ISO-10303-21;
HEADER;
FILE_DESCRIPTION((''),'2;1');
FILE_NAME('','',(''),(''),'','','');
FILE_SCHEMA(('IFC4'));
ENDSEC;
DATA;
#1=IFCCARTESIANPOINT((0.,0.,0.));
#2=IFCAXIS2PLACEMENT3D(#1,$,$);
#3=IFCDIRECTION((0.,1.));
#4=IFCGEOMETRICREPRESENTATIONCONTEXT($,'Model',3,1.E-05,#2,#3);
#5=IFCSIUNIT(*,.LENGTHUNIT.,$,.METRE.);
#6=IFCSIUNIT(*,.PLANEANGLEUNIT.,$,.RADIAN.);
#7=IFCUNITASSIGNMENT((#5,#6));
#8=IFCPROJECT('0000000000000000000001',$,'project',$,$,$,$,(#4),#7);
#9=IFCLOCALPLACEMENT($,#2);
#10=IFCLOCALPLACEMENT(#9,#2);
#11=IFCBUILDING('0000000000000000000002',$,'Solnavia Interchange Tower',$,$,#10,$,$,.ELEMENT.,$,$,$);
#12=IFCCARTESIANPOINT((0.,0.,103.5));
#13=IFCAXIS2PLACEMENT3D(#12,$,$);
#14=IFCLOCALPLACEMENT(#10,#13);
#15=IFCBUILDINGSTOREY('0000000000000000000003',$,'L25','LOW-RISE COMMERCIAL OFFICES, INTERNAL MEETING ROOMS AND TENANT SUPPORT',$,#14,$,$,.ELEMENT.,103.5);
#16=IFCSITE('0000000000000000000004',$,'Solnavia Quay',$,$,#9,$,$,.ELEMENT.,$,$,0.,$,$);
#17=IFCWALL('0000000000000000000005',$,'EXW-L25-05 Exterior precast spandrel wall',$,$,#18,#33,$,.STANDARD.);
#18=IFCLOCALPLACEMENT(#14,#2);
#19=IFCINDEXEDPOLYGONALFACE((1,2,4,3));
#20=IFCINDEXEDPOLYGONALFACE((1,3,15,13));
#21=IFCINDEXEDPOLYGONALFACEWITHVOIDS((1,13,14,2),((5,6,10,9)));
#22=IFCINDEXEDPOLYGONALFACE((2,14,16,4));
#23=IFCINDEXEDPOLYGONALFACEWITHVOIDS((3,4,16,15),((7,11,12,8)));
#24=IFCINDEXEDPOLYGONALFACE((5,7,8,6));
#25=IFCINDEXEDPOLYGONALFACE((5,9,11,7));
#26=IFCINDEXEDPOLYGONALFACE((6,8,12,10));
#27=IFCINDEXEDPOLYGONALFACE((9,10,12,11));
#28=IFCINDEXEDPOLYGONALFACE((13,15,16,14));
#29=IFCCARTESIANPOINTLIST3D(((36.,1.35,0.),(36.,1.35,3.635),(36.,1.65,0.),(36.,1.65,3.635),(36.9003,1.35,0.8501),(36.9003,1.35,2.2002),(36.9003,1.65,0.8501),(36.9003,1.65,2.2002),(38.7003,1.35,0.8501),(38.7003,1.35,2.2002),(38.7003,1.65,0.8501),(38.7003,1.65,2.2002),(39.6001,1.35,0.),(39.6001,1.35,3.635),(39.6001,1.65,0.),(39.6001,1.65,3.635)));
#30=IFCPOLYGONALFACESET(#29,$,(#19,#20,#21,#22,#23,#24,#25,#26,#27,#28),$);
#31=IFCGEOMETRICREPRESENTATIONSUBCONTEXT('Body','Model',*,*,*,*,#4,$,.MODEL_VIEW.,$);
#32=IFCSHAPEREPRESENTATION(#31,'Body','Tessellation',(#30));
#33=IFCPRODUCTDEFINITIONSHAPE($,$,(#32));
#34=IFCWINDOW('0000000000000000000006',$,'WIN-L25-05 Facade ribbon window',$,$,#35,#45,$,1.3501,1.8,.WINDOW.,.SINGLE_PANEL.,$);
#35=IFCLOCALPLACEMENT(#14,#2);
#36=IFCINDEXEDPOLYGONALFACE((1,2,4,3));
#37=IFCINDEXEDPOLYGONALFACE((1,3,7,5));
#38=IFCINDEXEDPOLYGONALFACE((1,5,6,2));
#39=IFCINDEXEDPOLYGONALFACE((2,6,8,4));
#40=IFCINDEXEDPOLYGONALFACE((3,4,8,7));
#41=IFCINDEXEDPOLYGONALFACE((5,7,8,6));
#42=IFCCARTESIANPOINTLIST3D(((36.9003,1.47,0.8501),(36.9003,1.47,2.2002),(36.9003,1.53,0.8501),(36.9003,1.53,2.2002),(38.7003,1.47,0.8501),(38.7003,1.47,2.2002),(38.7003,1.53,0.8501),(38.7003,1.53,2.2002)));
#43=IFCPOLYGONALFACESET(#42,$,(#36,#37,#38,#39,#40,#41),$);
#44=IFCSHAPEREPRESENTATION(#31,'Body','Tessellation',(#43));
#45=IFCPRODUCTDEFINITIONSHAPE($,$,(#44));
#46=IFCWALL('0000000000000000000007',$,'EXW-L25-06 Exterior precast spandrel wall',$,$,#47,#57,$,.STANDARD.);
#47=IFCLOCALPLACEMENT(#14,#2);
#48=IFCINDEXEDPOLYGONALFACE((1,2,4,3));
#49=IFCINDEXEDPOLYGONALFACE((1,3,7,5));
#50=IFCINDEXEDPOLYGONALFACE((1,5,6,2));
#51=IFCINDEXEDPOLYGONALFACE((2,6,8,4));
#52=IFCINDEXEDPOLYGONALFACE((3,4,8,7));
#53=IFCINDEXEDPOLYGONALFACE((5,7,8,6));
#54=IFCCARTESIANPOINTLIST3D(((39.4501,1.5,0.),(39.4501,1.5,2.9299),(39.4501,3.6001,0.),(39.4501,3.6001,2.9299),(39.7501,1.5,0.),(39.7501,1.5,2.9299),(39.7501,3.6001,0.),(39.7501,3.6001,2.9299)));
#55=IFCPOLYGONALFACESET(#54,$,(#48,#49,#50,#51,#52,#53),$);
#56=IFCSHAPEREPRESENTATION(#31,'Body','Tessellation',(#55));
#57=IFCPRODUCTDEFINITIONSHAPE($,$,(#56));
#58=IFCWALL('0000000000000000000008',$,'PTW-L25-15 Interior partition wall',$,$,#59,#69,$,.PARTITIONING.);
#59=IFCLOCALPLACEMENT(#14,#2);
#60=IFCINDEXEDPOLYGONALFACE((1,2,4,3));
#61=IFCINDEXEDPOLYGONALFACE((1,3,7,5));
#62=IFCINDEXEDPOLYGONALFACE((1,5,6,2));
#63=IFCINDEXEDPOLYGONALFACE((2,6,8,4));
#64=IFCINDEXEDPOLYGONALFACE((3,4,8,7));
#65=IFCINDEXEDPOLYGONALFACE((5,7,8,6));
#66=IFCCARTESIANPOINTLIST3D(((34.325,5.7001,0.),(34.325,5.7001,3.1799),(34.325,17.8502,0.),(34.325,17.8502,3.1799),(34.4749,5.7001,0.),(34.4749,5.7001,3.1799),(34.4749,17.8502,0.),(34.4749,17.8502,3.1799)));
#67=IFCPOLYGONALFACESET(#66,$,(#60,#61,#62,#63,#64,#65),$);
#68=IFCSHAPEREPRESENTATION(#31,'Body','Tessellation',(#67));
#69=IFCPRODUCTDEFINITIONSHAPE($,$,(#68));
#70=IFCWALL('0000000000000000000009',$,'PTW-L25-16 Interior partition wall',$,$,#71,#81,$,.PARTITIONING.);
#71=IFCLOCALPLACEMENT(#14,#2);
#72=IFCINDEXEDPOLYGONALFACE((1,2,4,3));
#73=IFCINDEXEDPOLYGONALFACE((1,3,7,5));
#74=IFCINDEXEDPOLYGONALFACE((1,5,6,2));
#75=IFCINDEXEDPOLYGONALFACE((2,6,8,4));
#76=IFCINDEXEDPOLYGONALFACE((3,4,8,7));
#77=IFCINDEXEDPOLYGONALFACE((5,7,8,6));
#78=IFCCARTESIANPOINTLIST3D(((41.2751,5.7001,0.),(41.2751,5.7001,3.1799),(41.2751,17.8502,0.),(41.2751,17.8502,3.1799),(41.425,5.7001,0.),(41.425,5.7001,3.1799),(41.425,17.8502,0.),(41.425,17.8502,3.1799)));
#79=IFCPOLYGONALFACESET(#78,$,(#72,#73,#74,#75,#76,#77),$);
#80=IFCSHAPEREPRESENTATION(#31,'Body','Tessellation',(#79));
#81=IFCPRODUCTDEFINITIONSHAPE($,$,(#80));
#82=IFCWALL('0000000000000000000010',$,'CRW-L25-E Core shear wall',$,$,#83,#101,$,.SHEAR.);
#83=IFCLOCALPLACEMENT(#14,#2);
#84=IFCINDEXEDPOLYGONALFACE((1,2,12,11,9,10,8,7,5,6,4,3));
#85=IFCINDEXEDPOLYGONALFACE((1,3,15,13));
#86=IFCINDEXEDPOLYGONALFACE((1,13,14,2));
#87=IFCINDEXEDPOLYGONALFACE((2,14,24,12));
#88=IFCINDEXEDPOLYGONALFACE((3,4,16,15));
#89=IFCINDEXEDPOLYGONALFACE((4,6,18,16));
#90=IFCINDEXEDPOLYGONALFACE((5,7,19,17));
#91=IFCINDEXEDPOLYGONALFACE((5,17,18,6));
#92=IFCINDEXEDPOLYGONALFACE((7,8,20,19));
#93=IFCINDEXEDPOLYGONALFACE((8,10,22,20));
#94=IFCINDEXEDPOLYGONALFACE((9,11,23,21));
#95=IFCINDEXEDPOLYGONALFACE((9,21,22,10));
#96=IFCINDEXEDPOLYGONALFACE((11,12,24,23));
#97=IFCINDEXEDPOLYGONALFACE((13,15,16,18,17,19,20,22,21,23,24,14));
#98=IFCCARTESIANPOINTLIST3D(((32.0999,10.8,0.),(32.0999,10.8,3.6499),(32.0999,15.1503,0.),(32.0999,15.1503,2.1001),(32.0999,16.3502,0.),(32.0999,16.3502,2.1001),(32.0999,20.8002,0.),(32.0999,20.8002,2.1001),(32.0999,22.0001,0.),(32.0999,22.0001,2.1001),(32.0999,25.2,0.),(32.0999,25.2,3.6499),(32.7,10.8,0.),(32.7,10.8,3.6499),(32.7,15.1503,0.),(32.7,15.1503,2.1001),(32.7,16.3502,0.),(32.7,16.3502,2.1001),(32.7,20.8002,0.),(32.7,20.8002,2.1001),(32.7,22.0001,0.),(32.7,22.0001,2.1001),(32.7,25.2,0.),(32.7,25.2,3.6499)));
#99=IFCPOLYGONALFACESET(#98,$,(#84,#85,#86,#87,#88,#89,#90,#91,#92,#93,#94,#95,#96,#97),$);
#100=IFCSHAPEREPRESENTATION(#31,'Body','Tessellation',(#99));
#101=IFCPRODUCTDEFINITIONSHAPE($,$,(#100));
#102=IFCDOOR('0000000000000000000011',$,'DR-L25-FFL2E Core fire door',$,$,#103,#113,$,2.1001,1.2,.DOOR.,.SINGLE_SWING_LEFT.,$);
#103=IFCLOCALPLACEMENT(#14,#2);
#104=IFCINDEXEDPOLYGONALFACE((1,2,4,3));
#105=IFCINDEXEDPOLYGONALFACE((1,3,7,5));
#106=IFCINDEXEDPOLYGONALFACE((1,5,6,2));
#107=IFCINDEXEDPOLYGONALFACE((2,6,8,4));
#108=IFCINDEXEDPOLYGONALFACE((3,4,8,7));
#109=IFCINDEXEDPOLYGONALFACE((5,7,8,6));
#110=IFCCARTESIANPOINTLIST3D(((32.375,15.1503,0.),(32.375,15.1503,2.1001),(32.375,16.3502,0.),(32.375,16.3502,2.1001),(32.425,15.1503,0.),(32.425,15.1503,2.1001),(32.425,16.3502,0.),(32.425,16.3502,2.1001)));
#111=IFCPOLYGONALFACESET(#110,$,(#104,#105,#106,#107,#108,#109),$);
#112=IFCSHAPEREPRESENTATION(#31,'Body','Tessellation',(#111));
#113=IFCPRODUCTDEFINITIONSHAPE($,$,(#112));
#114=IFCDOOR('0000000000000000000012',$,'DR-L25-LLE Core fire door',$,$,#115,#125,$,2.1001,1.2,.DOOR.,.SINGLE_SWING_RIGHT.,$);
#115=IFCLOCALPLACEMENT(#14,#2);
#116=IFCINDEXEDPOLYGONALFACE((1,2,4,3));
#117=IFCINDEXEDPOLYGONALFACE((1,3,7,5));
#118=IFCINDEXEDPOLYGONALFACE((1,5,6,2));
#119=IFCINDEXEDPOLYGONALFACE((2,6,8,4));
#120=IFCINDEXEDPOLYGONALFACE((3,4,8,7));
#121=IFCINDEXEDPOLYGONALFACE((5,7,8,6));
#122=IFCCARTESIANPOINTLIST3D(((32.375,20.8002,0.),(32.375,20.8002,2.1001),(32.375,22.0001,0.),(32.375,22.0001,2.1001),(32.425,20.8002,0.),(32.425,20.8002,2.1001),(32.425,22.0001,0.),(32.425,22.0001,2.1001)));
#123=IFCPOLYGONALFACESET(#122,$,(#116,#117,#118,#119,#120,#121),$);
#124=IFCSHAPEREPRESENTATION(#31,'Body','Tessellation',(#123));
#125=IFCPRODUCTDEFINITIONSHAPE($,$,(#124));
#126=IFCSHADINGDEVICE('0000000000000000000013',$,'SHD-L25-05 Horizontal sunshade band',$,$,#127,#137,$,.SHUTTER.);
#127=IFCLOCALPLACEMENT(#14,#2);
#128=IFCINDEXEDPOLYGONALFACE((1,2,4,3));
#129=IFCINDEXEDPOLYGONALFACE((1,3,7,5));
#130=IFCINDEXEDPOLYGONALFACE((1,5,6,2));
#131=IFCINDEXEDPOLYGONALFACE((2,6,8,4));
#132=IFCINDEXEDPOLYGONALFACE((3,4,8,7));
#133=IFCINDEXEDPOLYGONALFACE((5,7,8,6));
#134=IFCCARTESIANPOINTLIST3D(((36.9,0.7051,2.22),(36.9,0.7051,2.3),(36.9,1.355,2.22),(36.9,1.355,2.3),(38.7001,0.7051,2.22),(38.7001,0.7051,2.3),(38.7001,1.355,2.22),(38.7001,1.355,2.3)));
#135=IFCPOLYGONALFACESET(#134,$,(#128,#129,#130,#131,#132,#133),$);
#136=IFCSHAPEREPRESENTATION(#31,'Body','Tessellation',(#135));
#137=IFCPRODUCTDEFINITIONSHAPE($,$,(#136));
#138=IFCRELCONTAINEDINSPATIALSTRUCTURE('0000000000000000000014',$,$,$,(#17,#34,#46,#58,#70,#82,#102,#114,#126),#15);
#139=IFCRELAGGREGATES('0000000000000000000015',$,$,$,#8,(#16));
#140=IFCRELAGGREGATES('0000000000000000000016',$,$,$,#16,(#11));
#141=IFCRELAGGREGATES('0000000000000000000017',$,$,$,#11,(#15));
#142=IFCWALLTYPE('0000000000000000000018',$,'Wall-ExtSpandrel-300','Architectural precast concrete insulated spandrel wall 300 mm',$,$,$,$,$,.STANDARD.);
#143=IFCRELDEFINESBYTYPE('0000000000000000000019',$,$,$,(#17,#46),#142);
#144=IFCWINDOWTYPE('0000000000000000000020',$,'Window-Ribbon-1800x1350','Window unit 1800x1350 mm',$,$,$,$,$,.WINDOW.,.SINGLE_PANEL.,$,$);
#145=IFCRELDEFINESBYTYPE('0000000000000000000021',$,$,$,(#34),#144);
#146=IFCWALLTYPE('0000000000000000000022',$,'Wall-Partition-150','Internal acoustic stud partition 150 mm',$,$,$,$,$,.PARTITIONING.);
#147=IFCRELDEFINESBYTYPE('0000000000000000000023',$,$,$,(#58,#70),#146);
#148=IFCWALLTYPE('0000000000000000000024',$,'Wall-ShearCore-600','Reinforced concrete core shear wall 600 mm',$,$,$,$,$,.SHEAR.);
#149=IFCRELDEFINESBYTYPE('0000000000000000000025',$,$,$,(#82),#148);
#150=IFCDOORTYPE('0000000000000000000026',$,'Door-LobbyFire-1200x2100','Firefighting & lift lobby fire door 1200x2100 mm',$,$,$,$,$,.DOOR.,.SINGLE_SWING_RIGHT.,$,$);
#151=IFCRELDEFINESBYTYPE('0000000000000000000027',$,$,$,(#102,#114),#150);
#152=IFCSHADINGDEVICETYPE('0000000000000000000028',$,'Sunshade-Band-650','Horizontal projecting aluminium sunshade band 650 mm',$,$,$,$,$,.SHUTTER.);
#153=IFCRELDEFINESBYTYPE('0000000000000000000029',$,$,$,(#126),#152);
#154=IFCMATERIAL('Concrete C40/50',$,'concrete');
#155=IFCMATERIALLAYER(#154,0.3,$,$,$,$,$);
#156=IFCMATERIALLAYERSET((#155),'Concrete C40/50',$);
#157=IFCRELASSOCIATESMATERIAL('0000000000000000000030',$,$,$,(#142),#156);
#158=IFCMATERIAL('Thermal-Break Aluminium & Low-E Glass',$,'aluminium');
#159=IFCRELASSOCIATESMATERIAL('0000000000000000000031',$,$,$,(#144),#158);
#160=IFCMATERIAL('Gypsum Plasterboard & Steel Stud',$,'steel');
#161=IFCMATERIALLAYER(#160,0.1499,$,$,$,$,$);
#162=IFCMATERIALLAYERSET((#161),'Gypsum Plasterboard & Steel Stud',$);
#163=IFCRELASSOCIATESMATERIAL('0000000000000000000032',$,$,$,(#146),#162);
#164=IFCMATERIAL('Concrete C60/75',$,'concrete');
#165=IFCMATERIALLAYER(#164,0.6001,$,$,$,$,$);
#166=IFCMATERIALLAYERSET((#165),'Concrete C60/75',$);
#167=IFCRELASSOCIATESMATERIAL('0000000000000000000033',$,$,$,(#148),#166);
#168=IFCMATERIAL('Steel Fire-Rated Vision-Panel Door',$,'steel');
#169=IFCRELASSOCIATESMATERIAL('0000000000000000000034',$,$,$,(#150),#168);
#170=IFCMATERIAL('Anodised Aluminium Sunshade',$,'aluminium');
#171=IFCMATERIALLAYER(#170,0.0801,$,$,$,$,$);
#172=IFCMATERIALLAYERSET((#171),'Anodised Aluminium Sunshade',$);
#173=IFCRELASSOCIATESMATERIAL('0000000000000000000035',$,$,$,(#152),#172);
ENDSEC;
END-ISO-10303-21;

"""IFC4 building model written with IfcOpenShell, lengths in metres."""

from ifc_helpers import new_model, si_unit, direction, frame, frame_2d, origin, origin_2d, place, context, subcontext, project, spatial, rectangle, extrude, material, layer, layer_set, type_object, element, fill, save


model = new_model("IFC4")

# Units and contexts
model_context = context("Model", 3, precision=1e-05, world=origin(), true_north=direction((0.0, 1.0)))
body_context = subcontext(model_context, "Body", "Model", "MODEL_VIEW")
ifc_project = project(units=[si_unit("LENGTHUNIT", "METRE"), si_unit("PLANEANGLEUNIT", "RADIAN")], contexts=[model_context])

# Site, building, storey
site_placement = place(None, origin())
site = spatial("IfcSite", under=ifc_project, at=site_placement, Name="Solnavia Quay", CompositionType="ELEMENT", RefElevation=0.0)
building_placement = place(site_placement, origin())
building = spatial("IfcBuilding", under=site, at=building_placement, Name="Solnavia Interchange Tower", CompositionType="ELEMENT")
storey_placement = place(building_placement, frame((0.0, 0.0, 103.5)))
storey = spatial("IfcBuildingStorey", under=building, at=storey_placement, Name="L25", Description="LOW-RISE COMMERCIAL OFFICES, INTERNAL MEETING ROOMS AND TENANT SUPPORT", CompositionType="ELEMENT", Elevation=103.5)

# Wall, opening, window
ifc_material_1 = material(Name="Concrete C40/50", Category="concrete")
ifc_layer_1 = layer(ifc_material_1, 0.3)
ifc_layer_set_1 = layer_set([ifc_layer_1], Name="Concrete C40/50")
wall_type_1 = type_object("IfcWallType", Name="Wall-ExtSpandrel-300", Description="Architectural precast concrete insulated spandrel wall 300 mm", PredefinedType="STANDARD", material=ifc_layer_set_1)
ifc_material_2 = material(Name="Thermal-Break Aluminium & Low-E Glass", Category="aluminium")
window_type = type_object("IfcWindowType", Name="Window-Ribbon-1800x1350", Description="Window unit 1800x1350 mm", PartitioningType="SINGLE_PANEL", PredefinedType="WINDOW", material=ifc_material_2)
wall_1_placement = place(storey_placement, frame((39.6001, 1.5, 0.0), z_axis=(0.0, 0.0, 1.0), x_axis=(-1.0, 0.0, 0.0)))
wall_1 = element("IfcWall", 1, at=wall_1_placement, inside=storey, type_object=wall_type_1, Name="EXW-L25-05 Exterior precast spandrel wall", PredefinedType="STANDARD", context=body_context, shape_type="SweptSolid", body=[
    extrude(rectangle(XDim=3.6001, YDim=0.3, at=frame_2d((1.8, 0.0))), origin(), (0.0, 0.0, 1.0), 3.635),
])
opening_1_placement = place(wall_1_placement, frame((0.8999, 0.0, 0.8501)))
opening_1 = element("IfcOpeningElement", 2, at=opening_1_placement, cuts=wall_1, PredefinedType="OPENING", context=body_context, shape_type="SweptSolid", body=[
    extrude(rectangle(XDim=1.8, YDim=1.3501, at=frame_2d((0.8999, 0.675))), frame((0.0, 0.1602, 0.0), z_axis=(0.0, -1.0, 0.0), x_axis=(1.0, 0.0, 0.0)), (0.0, 0.0, 1.0), 0.3201),
])
window_1_placement = place(opening_1_placement, origin())
window_1 = element("IfcWindow", 3, at=window_1_placement, inside=storey, type_object=window_type, Name="WIN-L25-05 Facade ribbon window", OverallHeight=1.3501, OverallWidth=1.8, PartitioningType="SINGLE_PANEL", PredefinedType="WINDOW", context=body_context, shape_type="SweptSolid", body=[
    extrude(rectangle(XDim=1.8, YDim=1.3501, at=frame_2d((0.8999, 0.675))), frame((0.0, 0.03, 0.0), z_axis=(0.0, -1.0, 0.0), x_axis=(1.0, 0.0, 0.0)), (0.0, 0.0, 1.0), 0.0601),
])
fill(opening_1, window_1)

# Walls
wall_2_placement = place(storey_placement, frame((39.6001, 3.6001, 0.0), z_axis=(0.0, 0.0, 1.0), x_axis=(0.0, -1.0, 0.0)))
element("IfcWall", 4, at=wall_2_placement, inside=storey, type_object=wall_type_1, Name="EXW-L25-06 Exterior precast spandrel wall", PredefinedType="STANDARD", context=body_context, shape_type="SweptSolid", body=[
    extrude(rectangle(XDim=2.1001, YDim=0.3, at=frame_2d((1.05, 0.0))), origin(), (0.0, 0.0, 1.0), 2.9299),
])
ifc_material_3 = material(Name="Gypsum Plasterboard & Steel Stud", Category="steel")
ifc_layer_2 = layer(ifc_material_3, 0.1499)
ifc_layer_set_2 = layer_set([ifc_layer_2], Name="Gypsum Plasterboard & Steel Stud")
wall_type_2 = type_object("IfcWallType", Name="Wall-Partition-150", Description="Internal acoustic stud partition 150 mm", PredefinedType="PARTITIONING", material=ifc_layer_set_2)
for number, where, z_axis, x_axis, name in (
    (5, (34.3999, 5.7, 0.0), (0.0, 0.0, 1.0), (0.0, 1.0, 0.0), "PTW-L25-15 Interior partition wall"),
    (6, (41.3501, 5.7, 0.0), (0.0, 0.0, 1.0), (0.0, 1.0, 0.0), "PTW-L25-16 Interior partition wall"),
):
    element("IfcWall", number, at=place(storey_placement, frame(where, z_axis=z_axis, x_axis=x_axis)), inside=storey, type_object=wall_type_2, Name=name, PredefinedType="PARTITIONING", context=body_context, shape_type="SweptSolid", body=[
        extrude(rectangle(XDim=12.1501, YDim=0.1499, at=frame_2d((6.0752, 0.0))), origin(), (0.0, 0.0, 1.0), 3.1799),
    ])

# Wall, openings, doors
ifc_material_4 = material(Name="Concrete C60/75", Category="concrete")
ifc_layer_3 = layer(ifc_material_4, 0.6001)
ifc_layer_set_3 = layer_set([ifc_layer_3], Name="Concrete C60/75")
wall_type_3 = type_object("IfcWallType", Name="Wall-ShearCore-600", Description="Reinforced concrete core shear wall 600 mm", PredefinedType="SHEAR", material=ifc_layer_set_3)
wall_3_placement = place(storey_placement, frame((32.3999, 10.8, 0.0), z_axis=(0.0, 0.0, 1.0), x_axis=(0.0, 1.0, 0.0)))
wall_3 = element("IfcWall", 7, at=wall_3_placement, inside=storey, type_object=wall_type_3, Name="CRW-L25-E Core shear wall", PredefinedType="SHEAR", context=body_context, shape_type="SweptSolid", body=[
    extrude(rectangle(XDim=14.3999, YDim=0.6001, at=frame_2d((7.2, 0.0))), origin(), (0.0, 0.0, 1.0), 3.6499),
])
opening_2_placement = place(wall_3_placement, frame((4.3501, 0.0, 0.0)))
opening_2 = element("IfcOpeningElement", 8, at=opening_2_placement, cuts=wall_3, PredefinedType="OPENING", context=body_context, shape_type="SweptSolid", body=[
    extrude(rectangle(XDim=1.2, YDim=2.1001, at=frame_2d((0.6001, 1.05))), frame((0.0, 0.3101, 0.0), z_axis=(0.0, -1.0, 0.0), x_axis=(1.0, 0.0, 0.0)), (0.0, 0.0, 1.0), 0.6201),
])
opening_3_placement = place(wall_3_placement, frame((10.0, 0.0, 0.0)))
opening_3 = element("IfcOpeningElement", 9, at=opening_3_placement, cuts=wall_3, PredefinedType="OPENING", context=body_context, shape_type="SweptSolid", body=[
    extrude(rectangle(XDim=1.2, YDim=2.1001, at=frame_2d((0.6001, 1.05))), frame((0.0, 0.3101, 0.0), z_axis=(0.0, -1.0, 0.0), x_axis=(1.0, 0.0, 0.0)), (0.0, 0.0, 1.0), 0.6201),
])
ifc_material_5 = material(Name="Steel Fire-Rated Vision-Panel Door", Category="steel")
door_type = type_object("IfcDoorType", Name="Door-LobbyFire-1200x2100", Description="Firefighting & lift lobby fire door 1200x2100 mm", OperationType="SINGLE_SWING_RIGHT", PredefinedType="DOOR", material=ifc_material_5)
door_1_placement = place(opening_2_placement, origin())
door_1 = element("IfcDoor", 10, at=door_1_placement, inside=storey, type_object=door_type, Name="DR-L25-FFL2E Core fire door", OperationType="SINGLE_SWING_LEFT", OverallHeight=2.1001, OverallWidth=1.2, PredefinedType="DOOR", context=body_context, shape_type="SweptSolid", body=[
    extrude(rectangle(XDim=1.2, YDim=2.1001, at=frame_2d((0.6001, 1.05))), frame((0.0, 0.0249, 0.0), z_axis=(0.0, -1.0, 0.0), x_axis=(1.0, 0.0, 0.0)), (0.0, 0.0, 1.0), 0.05),
])
fill(opening_2, door_1)
door_2_placement = place(opening_3_placement, origin())
door_2 = element("IfcDoor", 11, at=door_2_placement, inside=storey, type_object=door_type, Name="DR-L25-LLE Core fire door", OperationType="SINGLE_SWING_RIGHT", OverallHeight=2.1001, OverallWidth=1.2, PredefinedType="DOOR", context=body_context, shape_type="SweptSolid", body=[
    extrude(rectangle(XDim=1.2, YDim=2.1001, at=frame_2d((0.6001, 1.05))), frame((0.0, 0.0249, 0.0), z_axis=(0.0, -1.0, 0.0), x_axis=(1.0, 0.0, 0.0)), (0.0, 0.0, 1.0), 0.05),
])
fill(opening_3, door_2)

# Shading device
ifc_material_6 = material(Name="Anodised Aluminium Sunshade", Category="aluminium")
ifc_layer_4 = layer(ifc_material_6, 0.0801)
ifc_layer_set_4 = layer_set([ifc_layer_4], Name="Anodised Aluminium Sunshade")
shading_device_type = type_object("IfcShadingDeviceType", Name="Sunshade-Band-650", Description="Horizontal projecting aluminium sunshade band 650 mm", PredefinedType="SHUTTER", material=ifc_layer_set_4)
shading_device_placement = place(storey_placement, frame((37.8, 1.03, 2.22), z_axis=(0.0, 0.0, 1.0), x_axis=(-1.0, 0.0, 0.0)))
element("IfcShadingDevice", 12, at=shading_device_placement, inside=storey, type_object=shading_device_type, Name="SHD-L25-05 Horizontal sunshade band", PredefinedType="SHUTTER", context=body_context, shape_type="SweptSolid", body=[
    extrude(rectangle(XDim=1.8, YDim=0.6499, at=origin_2d()), origin(), (0.0, 0.0, 1.0), 0.0801),
])

save(model, "model.ifc")
